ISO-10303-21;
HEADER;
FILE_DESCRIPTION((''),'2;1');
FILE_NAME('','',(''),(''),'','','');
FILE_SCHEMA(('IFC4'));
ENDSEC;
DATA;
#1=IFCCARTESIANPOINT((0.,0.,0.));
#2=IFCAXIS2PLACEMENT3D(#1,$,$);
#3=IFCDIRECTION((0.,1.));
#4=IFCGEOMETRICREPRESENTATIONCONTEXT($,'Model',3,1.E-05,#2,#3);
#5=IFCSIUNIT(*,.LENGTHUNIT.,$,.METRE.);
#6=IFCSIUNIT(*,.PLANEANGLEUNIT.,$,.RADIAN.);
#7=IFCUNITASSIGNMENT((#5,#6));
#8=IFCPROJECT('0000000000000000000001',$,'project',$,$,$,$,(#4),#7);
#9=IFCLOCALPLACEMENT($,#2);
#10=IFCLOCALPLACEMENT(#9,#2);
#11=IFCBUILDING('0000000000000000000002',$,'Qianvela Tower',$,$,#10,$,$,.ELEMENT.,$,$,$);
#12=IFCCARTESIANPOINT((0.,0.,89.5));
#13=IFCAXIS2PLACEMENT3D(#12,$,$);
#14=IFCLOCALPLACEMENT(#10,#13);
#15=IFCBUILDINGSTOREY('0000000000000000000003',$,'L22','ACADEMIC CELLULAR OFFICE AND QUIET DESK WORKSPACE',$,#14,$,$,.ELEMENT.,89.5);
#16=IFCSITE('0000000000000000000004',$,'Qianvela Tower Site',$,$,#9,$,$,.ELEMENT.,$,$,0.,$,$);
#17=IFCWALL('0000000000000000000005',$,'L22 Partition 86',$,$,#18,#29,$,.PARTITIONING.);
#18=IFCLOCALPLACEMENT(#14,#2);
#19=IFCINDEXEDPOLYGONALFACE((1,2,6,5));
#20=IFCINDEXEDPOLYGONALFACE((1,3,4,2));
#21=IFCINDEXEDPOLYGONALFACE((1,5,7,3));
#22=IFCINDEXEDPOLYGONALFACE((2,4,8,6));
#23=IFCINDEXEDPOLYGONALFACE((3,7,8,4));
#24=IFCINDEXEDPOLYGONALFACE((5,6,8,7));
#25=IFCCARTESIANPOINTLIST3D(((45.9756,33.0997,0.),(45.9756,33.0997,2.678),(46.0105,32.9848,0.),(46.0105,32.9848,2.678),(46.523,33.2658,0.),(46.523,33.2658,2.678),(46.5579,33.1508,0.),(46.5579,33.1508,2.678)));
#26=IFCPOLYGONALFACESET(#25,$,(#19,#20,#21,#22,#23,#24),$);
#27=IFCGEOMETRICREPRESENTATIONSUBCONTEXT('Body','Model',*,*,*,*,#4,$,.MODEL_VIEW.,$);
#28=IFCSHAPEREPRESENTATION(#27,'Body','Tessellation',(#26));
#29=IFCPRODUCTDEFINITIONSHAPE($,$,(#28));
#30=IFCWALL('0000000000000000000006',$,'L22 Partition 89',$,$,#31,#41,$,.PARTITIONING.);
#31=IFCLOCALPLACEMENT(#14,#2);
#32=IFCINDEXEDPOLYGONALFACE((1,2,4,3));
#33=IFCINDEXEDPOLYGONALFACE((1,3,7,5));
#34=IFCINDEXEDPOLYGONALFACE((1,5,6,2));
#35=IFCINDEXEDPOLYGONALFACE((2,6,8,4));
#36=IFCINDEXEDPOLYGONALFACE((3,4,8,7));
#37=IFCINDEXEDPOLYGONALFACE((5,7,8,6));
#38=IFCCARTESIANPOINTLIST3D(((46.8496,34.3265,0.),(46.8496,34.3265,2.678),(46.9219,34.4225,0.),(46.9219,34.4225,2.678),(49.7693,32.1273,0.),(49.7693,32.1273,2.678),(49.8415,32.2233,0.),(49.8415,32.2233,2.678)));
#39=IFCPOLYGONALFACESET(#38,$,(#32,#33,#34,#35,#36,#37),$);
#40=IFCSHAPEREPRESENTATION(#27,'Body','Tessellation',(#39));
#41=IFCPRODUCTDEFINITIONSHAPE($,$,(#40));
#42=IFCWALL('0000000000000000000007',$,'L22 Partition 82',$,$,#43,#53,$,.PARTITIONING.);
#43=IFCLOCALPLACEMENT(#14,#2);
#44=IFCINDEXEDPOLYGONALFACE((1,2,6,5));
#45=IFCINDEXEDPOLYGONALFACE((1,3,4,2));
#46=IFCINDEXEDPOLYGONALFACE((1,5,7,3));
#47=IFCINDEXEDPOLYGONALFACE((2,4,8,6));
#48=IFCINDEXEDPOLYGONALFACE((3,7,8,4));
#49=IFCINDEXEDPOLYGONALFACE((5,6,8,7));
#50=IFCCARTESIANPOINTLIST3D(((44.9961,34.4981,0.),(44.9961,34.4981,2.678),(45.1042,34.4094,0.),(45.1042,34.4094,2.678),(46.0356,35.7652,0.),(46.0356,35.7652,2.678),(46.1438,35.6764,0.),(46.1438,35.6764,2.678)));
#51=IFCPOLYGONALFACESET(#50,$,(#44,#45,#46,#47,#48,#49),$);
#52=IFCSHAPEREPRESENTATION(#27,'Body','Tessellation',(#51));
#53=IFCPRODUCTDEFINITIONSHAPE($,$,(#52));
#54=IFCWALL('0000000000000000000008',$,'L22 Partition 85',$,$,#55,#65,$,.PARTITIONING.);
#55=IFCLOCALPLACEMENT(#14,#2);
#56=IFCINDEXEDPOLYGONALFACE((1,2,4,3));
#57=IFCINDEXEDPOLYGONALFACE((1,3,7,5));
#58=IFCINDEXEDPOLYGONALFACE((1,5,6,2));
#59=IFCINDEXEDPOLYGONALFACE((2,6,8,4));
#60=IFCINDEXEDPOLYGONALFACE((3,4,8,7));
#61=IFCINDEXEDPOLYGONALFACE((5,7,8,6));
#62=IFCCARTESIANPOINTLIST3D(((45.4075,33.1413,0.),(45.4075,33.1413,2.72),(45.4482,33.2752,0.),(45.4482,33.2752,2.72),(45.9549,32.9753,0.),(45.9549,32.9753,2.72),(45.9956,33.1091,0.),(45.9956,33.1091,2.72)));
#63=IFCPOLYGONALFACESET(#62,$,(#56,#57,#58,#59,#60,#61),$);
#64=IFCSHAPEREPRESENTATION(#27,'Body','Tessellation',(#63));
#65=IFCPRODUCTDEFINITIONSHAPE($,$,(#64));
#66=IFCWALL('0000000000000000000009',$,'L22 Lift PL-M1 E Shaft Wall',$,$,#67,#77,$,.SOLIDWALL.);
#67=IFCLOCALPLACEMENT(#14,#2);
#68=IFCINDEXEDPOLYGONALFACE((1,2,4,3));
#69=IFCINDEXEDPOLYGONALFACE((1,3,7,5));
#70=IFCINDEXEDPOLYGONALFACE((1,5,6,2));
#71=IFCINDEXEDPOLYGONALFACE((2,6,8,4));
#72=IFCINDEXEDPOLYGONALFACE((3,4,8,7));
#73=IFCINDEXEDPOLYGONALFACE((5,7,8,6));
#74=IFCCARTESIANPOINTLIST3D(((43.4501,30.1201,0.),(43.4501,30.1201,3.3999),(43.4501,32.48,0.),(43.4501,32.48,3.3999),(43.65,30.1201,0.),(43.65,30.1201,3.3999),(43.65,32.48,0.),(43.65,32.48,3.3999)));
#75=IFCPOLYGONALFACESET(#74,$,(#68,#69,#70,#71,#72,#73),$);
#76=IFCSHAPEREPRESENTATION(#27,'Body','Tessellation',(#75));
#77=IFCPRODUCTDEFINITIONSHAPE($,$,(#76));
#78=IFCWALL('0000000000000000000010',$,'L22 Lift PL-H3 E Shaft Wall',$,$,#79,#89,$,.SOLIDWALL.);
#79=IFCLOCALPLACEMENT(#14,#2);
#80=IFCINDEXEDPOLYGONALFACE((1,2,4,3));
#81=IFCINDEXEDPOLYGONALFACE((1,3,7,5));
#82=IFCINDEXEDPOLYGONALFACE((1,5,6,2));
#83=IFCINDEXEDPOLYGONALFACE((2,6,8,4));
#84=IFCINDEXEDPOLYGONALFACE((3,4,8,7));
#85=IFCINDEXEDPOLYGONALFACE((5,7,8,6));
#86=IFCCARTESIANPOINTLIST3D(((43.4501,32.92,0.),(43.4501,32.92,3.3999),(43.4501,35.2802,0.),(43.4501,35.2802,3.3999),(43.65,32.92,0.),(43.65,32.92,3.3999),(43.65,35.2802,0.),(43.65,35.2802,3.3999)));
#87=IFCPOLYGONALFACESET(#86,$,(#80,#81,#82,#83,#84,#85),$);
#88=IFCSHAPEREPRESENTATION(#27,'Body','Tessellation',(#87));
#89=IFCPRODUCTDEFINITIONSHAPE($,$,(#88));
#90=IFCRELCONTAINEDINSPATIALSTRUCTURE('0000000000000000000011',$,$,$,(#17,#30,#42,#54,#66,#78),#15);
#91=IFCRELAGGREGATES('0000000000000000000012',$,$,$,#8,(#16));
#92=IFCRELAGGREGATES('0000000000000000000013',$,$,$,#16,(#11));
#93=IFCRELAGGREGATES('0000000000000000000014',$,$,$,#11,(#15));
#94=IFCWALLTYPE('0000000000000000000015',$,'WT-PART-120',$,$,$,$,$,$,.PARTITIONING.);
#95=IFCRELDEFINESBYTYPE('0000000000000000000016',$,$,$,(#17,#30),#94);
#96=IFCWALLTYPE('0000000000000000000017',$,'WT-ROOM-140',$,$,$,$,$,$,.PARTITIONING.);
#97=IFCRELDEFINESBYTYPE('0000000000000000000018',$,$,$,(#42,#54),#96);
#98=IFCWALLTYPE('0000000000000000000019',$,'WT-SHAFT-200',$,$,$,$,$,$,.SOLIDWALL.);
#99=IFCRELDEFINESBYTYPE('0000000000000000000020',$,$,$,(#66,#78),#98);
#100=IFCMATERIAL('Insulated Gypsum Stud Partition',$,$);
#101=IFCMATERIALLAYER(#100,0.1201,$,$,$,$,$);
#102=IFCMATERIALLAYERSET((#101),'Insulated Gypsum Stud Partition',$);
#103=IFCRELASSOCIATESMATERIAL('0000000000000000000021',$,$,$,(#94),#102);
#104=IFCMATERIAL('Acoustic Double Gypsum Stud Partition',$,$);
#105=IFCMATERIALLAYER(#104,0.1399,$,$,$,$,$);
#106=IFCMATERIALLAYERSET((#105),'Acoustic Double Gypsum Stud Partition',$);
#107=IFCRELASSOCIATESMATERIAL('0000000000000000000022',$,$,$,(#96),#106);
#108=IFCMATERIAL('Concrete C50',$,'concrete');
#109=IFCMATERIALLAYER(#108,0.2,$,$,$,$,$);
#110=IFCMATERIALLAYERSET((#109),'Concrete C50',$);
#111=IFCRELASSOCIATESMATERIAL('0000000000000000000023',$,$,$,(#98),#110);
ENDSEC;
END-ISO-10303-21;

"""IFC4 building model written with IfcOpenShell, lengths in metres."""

from ifc_helpers import new_model, si_unit, direction, frame, frame_2d, origin, place, context, subcontext, project, spatial, rectangle, extrude, material, layer, layer_set, type_object, element, save


model = new_model("IFC4")

# Units and contexts
model_context = context("Model", 3, precision=1e-05, world=origin(), true_north=direction((0.0, 1.0)))
body_context = subcontext(model_context, "Body", "Model", "MODEL_VIEW")
ifc_project = project(units=[si_unit("LENGTHUNIT", "METRE"), si_unit("PLANEANGLEUNIT", "RADIAN")], contexts=[model_context])

# Site, building, storey
site_placement = place(None, origin())
site = spatial("IfcSite", under=ifc_project, at=site_placement, Name="Qianvela Tower Site", CompositionType="ELEMENT", RefElevation=0.0)
building_placement = place(site_placement, origin())
building = spatial("IfcBuilding", under=site, at=building_placement, Name="Qianvela Tower", CompositionType="ELEMENT")
storey_placement = place(building_placement, frame((0.0, 0.0, 89.5)))
storey = spatial("IfcBuildingStorey", under=building, at=storey_placement, Name="L22", Description="ACADEMIC CELLULAR OFFICE AND QUIET DESK WORKSPACE", CompositionType="ELEMENT", Elevation=89.5)

# Walls
ifc_material_1 = material(Name="Insulated Gypsum Stud Partition")
ifc_layer_1 = layer(ifc_material_1, 0.1201)
ifc_layer_set_1 = layer_set([ifc_layer_1], Name="Insulated Gypsum Stud Partition")
wall_type_1 = type_object("IfcWallType", Name="WT-PART-120", PredefinedType="PARTITIONING", material=ifc_layer_set_1)
wall_1_placement = place(storey_placement, frame((45.9929, 33.0422, 0.0), z_axis=(0.0, 0.0, 1.0), x_axis=(0.956953, 0.290244, 0.0)))
element("IfcWall", 1, at=wall_1_placement, inside=storey, type_object=wall_type_1, Name="L22 Partition 86", PredefinedType="PARTITIONING", context=body_context, shape_type="SweptSolid", body=[
    extrude(rectangle(XDim=0.572, YDim=0.1201, at=frame_2d((0.2861, 0.0))), origin(), (0.0, 0.0, 1.0), 2.678),
])
wall_2_placement = place(storey_placement, frame((46.8857, 34.3745, 0.0), z_axis=(0.0, 0.0, 1.0), x_axis=(0.798756, -0.601655, 0.0)))
element("IfcWall", 2, at=wall_2_placement, inside=storey, type_object=wall_type_1, Name="L22 Partition 89", PredefinedType="PARTITIONING", context=body_context, shape_type="SweptSolid", body=[
    extrude(rectangle(XDim=3.6553, YDim=0.1201, at=frame_2d((1.8276, 0.0))), origin(), (0.0, 0.0, 1.0), 2.678),
])
ifc_material_2 = material(Name="Acoustic Double Gypsum Stud Partition")
ifc_layer_2 = layer(ifc_material_2, 0.1399)
ifc_layer_set_2 = layer_set([ifc_layer_2], Name="Acoustic Double Gypsum Stud Partition")
wall_type_2 = type_object("IfcWallType", Name="WT-ROOM-140", PredefinedType="PARTITIONING", material=ifc_layer_set_2)
wall_3_placement = place(storey_placement, frame((46.0896, 35.7207, 0.0), z_axis=(0.0, 0.0, 1.0), x_axis=(-0.634276, -0.773107, 0.0)))
element("IfcWall", 3, at=wall_3_placement, inside=storey, type_object=wall_type_2, Name="L22 Partition 82", PredefinedType="PARTITIONING", context=body_context, shape_type="SweptSolid", body=[
    extrude(rectangle(XDim=1.6389, YDim=0.1399, at=frame_2d((0.8193, 0.0))), origin(), (0.0, 0.0, 1.0), 2.678),
])
wall_4_placement = place(storey_placement, frame((45.4277, 33.2083, 0.0), z_axis=(0.0, 0.0, 1.0), x_axis=(0.956953, -0.290244, 0.0)))
element("IfcWall", 4, at=wall_4_placement, inside=storey, type_object=wall_type_2, Name="L22 Partition 85", PredefinedType="PARTITIONING", context=body_context, shape_type="SweptSolid", body=[
    extrude(rectangle(XDim=0.572, YDim=0.1399, at=frame_2d((0.2861, 0.0))), origin(), (0.0, 0.0, 1.0), 2.72),
])
ifc_material_3 = material(Name="Concrete C50", Category="concrete")
ifc_layer_3 = layer(ifc_material_3, 0.2)
ifc_layer_set_3 = layer_set([ifc_layer_3], Name="Concrete C50")
wall_type_3 = type_object("IfcWallType", Name="WT-SHAFT-200", PredefinedType="SOLIDWALL", material=ifc_layer_set_3)
wall_5_placement = place(storey_placement, frame((43.55, 30.1201, 0.0), z_axis=(0.0, 0.0, 1.0), x_axis=(0.0, 1.0, 0.0)))
element("IfcWall", 5, at=wall_5_placement, inside=storey, type_object=wall_type_3, Name="L22 Lift PL-M1 E Shaft Wall", PredefinedType="SOLIDWALL", context=body_context, shape_type="SweptSolid", body=[
    extrude(rectangle(XDim=2.3599, YDim=0.2, at=frame_2d((1.1799, 0.0))), origin(), (0.0, 0.0, 1.0), 3.3999),
])
wall_6_placement = place(storey_placement, frame((43.55, 32.9199, 0.0), z_axis=(0.0, 0.0, 1.0), x_axis=(0.0, 1.0, 0.0)))
element("IfcWall", 6, at=wall_6_placement, inside=storey, type_object=wall_type_3, Name="L22 Lift PL-H3 E Shaft Wall", PredefinedType="SOLIDWALL", context=body_context, shape_type="SweptSolid", body=[
    extrude(rectangle(XDim=2.3601, YDim=0.2, at=frame_2d((1.1802, 0.0))), origin(), (0.0, 0.0, 1.0), 3.3999),
])

save(model, "model.ifc")
